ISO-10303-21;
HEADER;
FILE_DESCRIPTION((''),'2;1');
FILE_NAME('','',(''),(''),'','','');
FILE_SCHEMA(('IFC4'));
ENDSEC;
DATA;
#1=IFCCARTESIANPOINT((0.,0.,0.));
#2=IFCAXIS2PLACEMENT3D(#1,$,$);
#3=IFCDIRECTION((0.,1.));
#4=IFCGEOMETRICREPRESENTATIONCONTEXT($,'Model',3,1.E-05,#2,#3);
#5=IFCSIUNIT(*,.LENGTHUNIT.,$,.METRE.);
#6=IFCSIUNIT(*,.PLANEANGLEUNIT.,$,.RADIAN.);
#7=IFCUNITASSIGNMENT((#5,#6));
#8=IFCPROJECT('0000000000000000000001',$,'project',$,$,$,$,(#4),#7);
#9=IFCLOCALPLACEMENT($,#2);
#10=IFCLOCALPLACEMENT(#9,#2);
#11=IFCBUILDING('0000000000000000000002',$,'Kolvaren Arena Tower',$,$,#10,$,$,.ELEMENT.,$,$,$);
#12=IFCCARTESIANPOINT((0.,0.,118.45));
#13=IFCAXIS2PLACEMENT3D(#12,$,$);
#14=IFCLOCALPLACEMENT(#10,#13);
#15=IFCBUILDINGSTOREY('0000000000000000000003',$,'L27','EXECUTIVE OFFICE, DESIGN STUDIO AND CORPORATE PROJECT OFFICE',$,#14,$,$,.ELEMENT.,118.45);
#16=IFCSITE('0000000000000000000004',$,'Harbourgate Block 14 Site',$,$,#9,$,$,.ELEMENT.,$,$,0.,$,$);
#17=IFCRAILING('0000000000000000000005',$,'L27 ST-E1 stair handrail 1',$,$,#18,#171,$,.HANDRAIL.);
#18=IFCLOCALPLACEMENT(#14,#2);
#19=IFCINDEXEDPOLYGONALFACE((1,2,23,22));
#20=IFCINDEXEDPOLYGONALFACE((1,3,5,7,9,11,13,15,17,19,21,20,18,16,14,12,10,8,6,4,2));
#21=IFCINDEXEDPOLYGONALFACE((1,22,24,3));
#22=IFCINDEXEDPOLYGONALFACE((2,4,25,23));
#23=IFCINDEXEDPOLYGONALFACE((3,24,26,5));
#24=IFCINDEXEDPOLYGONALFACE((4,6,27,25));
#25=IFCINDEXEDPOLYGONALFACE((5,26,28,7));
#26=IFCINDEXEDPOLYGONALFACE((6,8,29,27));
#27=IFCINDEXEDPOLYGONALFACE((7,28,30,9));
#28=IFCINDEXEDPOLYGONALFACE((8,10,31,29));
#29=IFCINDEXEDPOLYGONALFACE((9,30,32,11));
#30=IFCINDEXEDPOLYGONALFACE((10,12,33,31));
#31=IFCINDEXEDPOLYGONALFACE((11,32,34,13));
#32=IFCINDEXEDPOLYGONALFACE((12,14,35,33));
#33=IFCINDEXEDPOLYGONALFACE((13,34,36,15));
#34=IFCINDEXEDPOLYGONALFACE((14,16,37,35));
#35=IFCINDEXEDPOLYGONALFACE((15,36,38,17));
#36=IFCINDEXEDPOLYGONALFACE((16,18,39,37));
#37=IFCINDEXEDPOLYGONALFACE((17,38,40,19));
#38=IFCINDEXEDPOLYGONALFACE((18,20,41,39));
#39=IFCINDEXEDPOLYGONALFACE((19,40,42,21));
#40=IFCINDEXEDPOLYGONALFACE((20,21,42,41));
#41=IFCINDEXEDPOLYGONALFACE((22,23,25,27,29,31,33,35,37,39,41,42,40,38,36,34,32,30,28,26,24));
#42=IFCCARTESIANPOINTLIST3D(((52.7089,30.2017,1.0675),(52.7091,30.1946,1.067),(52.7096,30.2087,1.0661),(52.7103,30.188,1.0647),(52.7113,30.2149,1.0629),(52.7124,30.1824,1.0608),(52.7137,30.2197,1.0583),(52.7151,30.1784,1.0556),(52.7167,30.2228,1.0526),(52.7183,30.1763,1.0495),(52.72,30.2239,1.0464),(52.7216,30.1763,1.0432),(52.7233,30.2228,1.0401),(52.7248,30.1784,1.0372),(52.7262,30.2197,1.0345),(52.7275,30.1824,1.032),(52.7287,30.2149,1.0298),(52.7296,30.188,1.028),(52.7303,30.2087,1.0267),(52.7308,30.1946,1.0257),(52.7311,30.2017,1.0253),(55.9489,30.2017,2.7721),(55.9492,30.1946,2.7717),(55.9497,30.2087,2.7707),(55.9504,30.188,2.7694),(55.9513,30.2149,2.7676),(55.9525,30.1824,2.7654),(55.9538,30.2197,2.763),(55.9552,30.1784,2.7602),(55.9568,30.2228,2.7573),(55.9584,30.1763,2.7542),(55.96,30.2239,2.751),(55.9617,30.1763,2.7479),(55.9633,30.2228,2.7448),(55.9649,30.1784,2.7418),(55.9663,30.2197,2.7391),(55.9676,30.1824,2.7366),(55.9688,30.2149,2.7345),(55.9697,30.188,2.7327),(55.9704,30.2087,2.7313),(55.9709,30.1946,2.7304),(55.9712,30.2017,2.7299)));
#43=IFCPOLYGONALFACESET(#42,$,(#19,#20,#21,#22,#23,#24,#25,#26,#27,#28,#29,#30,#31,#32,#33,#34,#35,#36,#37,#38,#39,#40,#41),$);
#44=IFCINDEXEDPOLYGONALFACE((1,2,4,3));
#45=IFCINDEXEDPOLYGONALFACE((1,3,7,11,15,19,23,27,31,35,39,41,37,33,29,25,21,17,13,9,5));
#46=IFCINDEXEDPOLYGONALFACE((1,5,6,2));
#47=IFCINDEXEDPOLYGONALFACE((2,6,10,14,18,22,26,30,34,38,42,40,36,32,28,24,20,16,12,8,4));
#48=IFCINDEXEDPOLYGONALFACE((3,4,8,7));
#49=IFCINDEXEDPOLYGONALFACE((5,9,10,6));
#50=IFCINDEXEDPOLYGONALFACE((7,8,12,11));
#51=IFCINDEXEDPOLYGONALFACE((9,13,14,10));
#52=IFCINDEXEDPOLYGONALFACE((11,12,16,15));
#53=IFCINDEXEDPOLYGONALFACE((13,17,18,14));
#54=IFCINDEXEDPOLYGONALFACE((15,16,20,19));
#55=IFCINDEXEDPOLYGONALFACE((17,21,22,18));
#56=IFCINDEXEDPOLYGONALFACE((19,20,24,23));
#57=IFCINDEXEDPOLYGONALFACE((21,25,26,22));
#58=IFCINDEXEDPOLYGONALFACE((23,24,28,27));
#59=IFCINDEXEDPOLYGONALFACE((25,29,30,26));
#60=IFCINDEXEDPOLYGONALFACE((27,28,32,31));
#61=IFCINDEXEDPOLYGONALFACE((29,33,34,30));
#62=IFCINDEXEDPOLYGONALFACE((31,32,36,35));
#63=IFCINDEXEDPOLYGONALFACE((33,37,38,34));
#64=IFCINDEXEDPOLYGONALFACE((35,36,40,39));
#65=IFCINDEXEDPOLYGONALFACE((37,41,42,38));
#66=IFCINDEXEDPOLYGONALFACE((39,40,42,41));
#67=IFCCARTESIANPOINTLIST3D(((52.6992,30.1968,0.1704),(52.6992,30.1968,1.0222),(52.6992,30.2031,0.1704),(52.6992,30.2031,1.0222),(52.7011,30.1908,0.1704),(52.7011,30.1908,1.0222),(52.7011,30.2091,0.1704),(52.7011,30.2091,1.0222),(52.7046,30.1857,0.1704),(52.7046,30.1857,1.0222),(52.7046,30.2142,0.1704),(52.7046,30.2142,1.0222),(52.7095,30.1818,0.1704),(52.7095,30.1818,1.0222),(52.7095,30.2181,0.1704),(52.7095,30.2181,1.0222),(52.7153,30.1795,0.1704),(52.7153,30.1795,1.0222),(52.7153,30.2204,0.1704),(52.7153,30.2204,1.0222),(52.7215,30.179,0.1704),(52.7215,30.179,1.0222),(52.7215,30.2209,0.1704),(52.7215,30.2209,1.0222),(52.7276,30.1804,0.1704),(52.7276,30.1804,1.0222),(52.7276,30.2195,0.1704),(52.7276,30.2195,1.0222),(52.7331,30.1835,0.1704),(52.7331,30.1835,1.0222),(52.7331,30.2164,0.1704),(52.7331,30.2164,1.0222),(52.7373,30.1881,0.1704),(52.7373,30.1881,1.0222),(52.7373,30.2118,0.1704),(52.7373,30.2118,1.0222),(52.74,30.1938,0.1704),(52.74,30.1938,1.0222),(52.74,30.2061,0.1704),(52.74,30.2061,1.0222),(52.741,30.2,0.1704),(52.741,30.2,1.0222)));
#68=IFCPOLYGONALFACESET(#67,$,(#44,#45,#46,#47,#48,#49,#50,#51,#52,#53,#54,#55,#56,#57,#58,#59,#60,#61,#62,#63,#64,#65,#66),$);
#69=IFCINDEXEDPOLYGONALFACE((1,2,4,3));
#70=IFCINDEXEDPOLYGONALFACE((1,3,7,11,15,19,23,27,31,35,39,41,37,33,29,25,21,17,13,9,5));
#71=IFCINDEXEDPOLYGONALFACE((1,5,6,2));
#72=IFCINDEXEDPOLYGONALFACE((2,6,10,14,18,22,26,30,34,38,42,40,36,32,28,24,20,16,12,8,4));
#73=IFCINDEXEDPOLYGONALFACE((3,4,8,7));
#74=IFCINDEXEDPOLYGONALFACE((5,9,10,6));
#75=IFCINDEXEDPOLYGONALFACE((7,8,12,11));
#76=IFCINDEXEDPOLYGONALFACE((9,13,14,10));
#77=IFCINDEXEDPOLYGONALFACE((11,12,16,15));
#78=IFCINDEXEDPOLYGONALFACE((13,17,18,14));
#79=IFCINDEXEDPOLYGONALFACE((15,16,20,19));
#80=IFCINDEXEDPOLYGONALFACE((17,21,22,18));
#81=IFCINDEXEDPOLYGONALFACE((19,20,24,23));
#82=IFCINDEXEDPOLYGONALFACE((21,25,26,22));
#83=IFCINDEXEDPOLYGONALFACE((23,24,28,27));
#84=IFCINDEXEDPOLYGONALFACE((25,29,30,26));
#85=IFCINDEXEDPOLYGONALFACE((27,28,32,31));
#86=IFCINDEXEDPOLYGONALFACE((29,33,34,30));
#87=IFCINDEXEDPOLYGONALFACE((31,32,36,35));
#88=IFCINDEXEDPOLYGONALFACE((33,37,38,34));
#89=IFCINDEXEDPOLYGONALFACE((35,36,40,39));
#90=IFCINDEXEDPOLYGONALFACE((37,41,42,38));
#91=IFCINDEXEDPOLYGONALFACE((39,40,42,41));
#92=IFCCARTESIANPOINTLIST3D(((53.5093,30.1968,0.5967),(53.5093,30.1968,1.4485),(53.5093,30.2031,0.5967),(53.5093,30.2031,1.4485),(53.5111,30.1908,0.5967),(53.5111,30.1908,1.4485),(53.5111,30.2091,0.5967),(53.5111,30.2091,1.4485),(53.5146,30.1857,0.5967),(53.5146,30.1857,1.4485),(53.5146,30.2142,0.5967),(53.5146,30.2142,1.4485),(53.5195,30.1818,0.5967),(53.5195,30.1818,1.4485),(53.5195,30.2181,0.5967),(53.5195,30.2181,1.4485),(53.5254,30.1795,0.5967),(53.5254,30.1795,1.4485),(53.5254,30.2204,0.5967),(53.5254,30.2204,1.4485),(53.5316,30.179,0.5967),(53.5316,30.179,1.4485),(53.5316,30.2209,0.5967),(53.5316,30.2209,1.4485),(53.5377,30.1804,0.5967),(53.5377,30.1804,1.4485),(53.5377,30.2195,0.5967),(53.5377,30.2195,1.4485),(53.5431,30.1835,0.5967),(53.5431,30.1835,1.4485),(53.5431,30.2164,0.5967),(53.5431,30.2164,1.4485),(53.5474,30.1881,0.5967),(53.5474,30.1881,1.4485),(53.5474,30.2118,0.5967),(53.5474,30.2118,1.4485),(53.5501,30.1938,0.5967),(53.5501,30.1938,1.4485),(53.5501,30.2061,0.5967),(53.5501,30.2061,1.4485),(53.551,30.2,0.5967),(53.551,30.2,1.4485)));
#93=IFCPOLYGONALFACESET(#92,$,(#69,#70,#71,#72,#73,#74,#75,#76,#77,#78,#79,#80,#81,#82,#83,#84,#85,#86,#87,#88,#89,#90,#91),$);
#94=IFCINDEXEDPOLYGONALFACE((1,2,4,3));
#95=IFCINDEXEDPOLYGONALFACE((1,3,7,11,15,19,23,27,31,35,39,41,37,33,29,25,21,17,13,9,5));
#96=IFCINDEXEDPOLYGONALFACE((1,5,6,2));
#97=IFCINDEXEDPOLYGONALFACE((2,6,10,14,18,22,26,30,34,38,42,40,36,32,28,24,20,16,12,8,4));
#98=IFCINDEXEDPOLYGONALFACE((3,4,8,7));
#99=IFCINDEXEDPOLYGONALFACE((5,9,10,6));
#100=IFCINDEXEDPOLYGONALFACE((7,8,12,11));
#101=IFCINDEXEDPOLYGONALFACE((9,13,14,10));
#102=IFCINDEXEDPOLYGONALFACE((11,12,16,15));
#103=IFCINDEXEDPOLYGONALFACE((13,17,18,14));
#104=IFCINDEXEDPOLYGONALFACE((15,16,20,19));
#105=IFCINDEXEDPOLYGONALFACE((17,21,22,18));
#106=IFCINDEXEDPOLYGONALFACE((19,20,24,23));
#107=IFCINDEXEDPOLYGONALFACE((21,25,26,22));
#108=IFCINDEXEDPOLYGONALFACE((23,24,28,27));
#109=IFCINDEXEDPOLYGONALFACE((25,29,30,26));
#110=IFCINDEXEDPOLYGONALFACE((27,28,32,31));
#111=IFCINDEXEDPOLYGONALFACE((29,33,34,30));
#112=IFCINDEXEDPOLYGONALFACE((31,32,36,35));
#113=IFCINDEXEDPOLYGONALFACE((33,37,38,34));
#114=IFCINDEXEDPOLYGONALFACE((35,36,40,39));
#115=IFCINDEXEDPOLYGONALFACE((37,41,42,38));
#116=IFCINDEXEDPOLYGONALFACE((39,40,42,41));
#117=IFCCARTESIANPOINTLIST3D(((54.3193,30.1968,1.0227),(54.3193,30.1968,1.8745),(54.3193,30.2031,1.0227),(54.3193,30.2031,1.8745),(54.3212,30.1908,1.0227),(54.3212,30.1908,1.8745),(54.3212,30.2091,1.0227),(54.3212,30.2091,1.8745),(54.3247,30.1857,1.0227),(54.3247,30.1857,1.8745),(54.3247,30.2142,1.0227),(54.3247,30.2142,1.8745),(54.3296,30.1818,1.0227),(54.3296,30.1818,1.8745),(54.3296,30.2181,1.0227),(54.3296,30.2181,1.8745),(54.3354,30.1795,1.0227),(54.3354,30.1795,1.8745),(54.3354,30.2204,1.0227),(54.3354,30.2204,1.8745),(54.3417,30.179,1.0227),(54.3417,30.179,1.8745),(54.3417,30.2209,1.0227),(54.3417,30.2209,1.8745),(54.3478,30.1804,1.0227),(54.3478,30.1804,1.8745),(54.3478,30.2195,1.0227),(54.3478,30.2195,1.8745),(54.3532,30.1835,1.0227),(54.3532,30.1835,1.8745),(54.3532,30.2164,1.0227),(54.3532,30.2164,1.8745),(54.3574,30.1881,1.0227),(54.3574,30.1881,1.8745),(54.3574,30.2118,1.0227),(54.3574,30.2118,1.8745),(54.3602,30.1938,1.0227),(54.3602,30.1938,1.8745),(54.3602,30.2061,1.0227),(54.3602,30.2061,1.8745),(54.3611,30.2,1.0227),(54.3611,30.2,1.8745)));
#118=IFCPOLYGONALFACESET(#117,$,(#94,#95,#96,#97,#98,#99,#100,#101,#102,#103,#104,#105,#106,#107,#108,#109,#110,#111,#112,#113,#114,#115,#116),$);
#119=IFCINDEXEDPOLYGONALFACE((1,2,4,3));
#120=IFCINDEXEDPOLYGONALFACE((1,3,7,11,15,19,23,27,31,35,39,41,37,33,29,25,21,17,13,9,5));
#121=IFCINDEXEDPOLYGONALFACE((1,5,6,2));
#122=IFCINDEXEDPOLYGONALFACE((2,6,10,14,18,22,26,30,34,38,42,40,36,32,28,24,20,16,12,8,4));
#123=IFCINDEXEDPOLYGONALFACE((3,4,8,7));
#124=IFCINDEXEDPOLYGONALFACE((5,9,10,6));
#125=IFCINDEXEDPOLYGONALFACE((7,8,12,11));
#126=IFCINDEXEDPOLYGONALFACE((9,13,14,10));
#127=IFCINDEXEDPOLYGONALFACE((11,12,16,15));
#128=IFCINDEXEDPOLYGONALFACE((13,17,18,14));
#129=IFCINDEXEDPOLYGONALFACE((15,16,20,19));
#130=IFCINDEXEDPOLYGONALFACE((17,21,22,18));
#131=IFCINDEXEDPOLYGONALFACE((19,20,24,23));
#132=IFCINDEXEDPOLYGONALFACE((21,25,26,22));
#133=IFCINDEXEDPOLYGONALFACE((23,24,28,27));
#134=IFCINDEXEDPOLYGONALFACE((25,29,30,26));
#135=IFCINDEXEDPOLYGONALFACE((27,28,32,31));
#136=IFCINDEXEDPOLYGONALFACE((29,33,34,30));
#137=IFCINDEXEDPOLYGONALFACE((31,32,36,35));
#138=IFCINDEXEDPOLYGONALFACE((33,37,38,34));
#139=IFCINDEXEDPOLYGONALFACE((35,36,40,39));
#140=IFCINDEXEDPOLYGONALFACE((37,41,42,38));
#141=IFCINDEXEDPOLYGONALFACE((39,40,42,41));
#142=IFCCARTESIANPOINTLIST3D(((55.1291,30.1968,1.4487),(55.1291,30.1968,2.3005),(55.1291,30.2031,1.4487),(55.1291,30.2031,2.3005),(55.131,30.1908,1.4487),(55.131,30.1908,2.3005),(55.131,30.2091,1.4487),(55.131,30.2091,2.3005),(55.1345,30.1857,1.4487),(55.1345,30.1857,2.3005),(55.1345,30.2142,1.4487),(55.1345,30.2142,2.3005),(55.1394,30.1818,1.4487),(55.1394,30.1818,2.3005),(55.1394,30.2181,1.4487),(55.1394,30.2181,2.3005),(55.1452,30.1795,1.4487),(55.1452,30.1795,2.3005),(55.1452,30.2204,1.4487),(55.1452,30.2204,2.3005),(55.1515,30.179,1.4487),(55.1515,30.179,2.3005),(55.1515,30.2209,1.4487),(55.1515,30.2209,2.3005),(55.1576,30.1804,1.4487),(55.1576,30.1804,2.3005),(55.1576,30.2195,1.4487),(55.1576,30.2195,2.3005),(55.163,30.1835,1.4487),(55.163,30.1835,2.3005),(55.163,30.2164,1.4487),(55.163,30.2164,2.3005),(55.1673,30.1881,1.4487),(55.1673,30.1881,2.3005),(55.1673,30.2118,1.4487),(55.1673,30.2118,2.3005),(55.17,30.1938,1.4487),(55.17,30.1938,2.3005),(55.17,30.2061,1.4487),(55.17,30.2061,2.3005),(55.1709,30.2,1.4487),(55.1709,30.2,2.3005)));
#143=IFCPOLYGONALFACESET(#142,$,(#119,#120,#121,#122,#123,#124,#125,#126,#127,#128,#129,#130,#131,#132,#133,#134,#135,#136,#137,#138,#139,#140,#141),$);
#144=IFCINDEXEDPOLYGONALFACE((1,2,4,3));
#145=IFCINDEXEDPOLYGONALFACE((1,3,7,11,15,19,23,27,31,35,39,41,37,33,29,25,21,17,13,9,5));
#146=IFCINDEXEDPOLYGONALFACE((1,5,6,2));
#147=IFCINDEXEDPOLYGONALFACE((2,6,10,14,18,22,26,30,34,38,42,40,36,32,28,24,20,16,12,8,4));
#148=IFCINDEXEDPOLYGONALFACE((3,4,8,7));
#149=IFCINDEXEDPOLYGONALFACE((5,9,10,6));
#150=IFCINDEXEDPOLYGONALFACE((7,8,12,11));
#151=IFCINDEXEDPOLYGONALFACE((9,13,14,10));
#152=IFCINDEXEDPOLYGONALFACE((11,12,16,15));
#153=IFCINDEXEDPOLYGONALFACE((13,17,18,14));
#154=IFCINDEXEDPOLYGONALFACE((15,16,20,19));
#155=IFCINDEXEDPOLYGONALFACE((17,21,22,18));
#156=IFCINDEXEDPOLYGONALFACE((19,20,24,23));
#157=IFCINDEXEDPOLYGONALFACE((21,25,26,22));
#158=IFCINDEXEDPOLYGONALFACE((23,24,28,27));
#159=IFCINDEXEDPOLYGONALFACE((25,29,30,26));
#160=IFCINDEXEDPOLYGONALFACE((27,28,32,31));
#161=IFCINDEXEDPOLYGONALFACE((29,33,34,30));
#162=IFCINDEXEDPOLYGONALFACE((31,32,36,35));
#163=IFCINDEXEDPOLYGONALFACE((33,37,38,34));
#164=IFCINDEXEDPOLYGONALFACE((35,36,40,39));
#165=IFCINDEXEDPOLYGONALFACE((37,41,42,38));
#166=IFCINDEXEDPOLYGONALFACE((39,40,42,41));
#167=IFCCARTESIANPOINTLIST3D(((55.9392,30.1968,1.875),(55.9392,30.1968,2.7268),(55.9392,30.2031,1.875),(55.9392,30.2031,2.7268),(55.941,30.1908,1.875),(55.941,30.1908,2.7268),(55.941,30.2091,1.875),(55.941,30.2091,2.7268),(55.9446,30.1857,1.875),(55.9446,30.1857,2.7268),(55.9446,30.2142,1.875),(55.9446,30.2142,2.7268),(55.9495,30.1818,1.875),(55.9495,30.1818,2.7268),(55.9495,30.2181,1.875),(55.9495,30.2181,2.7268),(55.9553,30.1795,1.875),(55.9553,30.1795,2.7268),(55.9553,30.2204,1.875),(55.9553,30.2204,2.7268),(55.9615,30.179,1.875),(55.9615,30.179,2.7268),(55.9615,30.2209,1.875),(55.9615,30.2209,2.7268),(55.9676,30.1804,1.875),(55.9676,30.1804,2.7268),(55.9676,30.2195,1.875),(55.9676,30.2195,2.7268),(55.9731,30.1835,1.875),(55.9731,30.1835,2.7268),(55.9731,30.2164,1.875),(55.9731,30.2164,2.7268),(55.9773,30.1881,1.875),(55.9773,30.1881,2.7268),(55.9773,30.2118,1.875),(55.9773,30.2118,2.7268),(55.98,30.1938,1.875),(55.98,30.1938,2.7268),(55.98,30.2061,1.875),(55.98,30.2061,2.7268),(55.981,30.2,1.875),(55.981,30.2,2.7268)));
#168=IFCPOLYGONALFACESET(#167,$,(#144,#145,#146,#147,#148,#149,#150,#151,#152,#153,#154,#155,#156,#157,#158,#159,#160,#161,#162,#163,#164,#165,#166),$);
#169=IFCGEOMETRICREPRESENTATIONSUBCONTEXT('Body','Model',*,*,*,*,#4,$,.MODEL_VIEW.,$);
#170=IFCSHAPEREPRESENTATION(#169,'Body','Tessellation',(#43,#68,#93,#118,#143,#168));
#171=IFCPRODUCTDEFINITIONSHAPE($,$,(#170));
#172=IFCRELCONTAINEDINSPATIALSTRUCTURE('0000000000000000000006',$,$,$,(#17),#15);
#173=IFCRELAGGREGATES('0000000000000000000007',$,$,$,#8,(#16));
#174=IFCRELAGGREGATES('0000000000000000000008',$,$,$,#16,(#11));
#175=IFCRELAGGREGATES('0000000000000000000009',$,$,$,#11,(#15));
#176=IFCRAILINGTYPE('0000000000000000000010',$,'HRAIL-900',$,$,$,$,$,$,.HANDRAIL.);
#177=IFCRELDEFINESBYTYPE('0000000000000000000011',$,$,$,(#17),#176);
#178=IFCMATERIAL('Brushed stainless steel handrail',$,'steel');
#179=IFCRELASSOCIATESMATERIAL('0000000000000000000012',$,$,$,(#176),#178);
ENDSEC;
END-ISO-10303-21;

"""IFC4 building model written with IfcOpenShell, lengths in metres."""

from ifc_helpers import new_model, si_unit, direction, frame, origin, origin_2d, place, context, subcontext, project, spatial, circle, extrude, material, type_object, element, save


model = new_model("IFC4")

# Units and contexts
model_context = context("Model", 3, precision=1e-05, world=origin(), true_north=direction((0.0, 1.0)))
body_context = subcontext(model_context, "Body", "Model", "MODEL_VIEW")
ifc_project = project(units=[si_unit("LENGTHUNIT", "METRE"), si_unit("PLANEANGLEUNIT", "RADIAN")], contexts=[model_context])

# Site, building, storey
site_placement = place(None, origin())
site = spatial("IfcSite", under=ifc_project, at=site_placement, Name="Harbourgate Block 14 Site", CompositionType="ELEMENT", RefElevation=0.0)
building_placement = place(site_placement, origin())
building = spatial("IfcBuilding", under=site, at=building_placement, Name="Kolvaren Arena Tower", CompositionType="ELEMENT")
storey_placement = place(building_placement, frame((0.0, 0.0, 118.45)))
storey = spatial("IfcBuildingStorey", under=building, at=storey_placement, Name="L27", Description="EXECUTIVE OFFICE, DESIGN STUDIO AND CORPORATE PROJECT OFFICE", CompositionType="ELEMENT", Elevation=118.45)

# Railing
ifc_material_1 = material(Name="Brushed stainless steel handrail", Category="steel")
railing_type_1 = type_object("IfcRailingType", Name="HRAIL-900", PredefinedType="HANDRAIL", material=ifc_material_1)
for number, where, name in (
    (1, (52.72, 30.2, 0.1704), "L27 ST-E1 stair handrail 1"),
):
    element("IfcRailing", number, at=place(storey_placement, frame(where)), inside=storey, type_object=railing_type_1, Name=name, PredefinedType="HANDRAIL", context=body_context, shape_type="SweptSolid", body=[
        extrude(circle(Radius=0.0239, at=origin_2d()), frame((0.0, 0.0, 0.876), z_axis=(0.884993, 0.0, 0.465604), x_axis=(0.0, 1.0, 0.0)), (0.0, 0.0, 1.0), 3.6611),
        extrude(circle(Radius=0.021, at=origin_2d()), origin(), (0.0, 0.0, 1.0), 0.8518),
        extrude(circle(Radius=0.021, at=origin_2d()), frame((0.8101, 0.0, 0.4263)), (0.0, 0.0, 1.0), 0.8518),
        extrude(circle(Radius=0.021, at=origin_2d()), frame((1.6201, 0.0, 0.8523)), (0.0, 0.0, 1.0), 0.8518),
        extrude(circle(Radius=0.021, at=origin_2d()), frame((2.4299, 0.0, 1.2783)), (0.0, 0.0, 1.0), 0.8518),
        extrude(circle(Radius=0.021, at=origin_2d()), frame((3.24, 0.0, 1.7046)), (0.0, 0.0, 1.0), 0.8518),
    ])

save(model, "model.ifc")
